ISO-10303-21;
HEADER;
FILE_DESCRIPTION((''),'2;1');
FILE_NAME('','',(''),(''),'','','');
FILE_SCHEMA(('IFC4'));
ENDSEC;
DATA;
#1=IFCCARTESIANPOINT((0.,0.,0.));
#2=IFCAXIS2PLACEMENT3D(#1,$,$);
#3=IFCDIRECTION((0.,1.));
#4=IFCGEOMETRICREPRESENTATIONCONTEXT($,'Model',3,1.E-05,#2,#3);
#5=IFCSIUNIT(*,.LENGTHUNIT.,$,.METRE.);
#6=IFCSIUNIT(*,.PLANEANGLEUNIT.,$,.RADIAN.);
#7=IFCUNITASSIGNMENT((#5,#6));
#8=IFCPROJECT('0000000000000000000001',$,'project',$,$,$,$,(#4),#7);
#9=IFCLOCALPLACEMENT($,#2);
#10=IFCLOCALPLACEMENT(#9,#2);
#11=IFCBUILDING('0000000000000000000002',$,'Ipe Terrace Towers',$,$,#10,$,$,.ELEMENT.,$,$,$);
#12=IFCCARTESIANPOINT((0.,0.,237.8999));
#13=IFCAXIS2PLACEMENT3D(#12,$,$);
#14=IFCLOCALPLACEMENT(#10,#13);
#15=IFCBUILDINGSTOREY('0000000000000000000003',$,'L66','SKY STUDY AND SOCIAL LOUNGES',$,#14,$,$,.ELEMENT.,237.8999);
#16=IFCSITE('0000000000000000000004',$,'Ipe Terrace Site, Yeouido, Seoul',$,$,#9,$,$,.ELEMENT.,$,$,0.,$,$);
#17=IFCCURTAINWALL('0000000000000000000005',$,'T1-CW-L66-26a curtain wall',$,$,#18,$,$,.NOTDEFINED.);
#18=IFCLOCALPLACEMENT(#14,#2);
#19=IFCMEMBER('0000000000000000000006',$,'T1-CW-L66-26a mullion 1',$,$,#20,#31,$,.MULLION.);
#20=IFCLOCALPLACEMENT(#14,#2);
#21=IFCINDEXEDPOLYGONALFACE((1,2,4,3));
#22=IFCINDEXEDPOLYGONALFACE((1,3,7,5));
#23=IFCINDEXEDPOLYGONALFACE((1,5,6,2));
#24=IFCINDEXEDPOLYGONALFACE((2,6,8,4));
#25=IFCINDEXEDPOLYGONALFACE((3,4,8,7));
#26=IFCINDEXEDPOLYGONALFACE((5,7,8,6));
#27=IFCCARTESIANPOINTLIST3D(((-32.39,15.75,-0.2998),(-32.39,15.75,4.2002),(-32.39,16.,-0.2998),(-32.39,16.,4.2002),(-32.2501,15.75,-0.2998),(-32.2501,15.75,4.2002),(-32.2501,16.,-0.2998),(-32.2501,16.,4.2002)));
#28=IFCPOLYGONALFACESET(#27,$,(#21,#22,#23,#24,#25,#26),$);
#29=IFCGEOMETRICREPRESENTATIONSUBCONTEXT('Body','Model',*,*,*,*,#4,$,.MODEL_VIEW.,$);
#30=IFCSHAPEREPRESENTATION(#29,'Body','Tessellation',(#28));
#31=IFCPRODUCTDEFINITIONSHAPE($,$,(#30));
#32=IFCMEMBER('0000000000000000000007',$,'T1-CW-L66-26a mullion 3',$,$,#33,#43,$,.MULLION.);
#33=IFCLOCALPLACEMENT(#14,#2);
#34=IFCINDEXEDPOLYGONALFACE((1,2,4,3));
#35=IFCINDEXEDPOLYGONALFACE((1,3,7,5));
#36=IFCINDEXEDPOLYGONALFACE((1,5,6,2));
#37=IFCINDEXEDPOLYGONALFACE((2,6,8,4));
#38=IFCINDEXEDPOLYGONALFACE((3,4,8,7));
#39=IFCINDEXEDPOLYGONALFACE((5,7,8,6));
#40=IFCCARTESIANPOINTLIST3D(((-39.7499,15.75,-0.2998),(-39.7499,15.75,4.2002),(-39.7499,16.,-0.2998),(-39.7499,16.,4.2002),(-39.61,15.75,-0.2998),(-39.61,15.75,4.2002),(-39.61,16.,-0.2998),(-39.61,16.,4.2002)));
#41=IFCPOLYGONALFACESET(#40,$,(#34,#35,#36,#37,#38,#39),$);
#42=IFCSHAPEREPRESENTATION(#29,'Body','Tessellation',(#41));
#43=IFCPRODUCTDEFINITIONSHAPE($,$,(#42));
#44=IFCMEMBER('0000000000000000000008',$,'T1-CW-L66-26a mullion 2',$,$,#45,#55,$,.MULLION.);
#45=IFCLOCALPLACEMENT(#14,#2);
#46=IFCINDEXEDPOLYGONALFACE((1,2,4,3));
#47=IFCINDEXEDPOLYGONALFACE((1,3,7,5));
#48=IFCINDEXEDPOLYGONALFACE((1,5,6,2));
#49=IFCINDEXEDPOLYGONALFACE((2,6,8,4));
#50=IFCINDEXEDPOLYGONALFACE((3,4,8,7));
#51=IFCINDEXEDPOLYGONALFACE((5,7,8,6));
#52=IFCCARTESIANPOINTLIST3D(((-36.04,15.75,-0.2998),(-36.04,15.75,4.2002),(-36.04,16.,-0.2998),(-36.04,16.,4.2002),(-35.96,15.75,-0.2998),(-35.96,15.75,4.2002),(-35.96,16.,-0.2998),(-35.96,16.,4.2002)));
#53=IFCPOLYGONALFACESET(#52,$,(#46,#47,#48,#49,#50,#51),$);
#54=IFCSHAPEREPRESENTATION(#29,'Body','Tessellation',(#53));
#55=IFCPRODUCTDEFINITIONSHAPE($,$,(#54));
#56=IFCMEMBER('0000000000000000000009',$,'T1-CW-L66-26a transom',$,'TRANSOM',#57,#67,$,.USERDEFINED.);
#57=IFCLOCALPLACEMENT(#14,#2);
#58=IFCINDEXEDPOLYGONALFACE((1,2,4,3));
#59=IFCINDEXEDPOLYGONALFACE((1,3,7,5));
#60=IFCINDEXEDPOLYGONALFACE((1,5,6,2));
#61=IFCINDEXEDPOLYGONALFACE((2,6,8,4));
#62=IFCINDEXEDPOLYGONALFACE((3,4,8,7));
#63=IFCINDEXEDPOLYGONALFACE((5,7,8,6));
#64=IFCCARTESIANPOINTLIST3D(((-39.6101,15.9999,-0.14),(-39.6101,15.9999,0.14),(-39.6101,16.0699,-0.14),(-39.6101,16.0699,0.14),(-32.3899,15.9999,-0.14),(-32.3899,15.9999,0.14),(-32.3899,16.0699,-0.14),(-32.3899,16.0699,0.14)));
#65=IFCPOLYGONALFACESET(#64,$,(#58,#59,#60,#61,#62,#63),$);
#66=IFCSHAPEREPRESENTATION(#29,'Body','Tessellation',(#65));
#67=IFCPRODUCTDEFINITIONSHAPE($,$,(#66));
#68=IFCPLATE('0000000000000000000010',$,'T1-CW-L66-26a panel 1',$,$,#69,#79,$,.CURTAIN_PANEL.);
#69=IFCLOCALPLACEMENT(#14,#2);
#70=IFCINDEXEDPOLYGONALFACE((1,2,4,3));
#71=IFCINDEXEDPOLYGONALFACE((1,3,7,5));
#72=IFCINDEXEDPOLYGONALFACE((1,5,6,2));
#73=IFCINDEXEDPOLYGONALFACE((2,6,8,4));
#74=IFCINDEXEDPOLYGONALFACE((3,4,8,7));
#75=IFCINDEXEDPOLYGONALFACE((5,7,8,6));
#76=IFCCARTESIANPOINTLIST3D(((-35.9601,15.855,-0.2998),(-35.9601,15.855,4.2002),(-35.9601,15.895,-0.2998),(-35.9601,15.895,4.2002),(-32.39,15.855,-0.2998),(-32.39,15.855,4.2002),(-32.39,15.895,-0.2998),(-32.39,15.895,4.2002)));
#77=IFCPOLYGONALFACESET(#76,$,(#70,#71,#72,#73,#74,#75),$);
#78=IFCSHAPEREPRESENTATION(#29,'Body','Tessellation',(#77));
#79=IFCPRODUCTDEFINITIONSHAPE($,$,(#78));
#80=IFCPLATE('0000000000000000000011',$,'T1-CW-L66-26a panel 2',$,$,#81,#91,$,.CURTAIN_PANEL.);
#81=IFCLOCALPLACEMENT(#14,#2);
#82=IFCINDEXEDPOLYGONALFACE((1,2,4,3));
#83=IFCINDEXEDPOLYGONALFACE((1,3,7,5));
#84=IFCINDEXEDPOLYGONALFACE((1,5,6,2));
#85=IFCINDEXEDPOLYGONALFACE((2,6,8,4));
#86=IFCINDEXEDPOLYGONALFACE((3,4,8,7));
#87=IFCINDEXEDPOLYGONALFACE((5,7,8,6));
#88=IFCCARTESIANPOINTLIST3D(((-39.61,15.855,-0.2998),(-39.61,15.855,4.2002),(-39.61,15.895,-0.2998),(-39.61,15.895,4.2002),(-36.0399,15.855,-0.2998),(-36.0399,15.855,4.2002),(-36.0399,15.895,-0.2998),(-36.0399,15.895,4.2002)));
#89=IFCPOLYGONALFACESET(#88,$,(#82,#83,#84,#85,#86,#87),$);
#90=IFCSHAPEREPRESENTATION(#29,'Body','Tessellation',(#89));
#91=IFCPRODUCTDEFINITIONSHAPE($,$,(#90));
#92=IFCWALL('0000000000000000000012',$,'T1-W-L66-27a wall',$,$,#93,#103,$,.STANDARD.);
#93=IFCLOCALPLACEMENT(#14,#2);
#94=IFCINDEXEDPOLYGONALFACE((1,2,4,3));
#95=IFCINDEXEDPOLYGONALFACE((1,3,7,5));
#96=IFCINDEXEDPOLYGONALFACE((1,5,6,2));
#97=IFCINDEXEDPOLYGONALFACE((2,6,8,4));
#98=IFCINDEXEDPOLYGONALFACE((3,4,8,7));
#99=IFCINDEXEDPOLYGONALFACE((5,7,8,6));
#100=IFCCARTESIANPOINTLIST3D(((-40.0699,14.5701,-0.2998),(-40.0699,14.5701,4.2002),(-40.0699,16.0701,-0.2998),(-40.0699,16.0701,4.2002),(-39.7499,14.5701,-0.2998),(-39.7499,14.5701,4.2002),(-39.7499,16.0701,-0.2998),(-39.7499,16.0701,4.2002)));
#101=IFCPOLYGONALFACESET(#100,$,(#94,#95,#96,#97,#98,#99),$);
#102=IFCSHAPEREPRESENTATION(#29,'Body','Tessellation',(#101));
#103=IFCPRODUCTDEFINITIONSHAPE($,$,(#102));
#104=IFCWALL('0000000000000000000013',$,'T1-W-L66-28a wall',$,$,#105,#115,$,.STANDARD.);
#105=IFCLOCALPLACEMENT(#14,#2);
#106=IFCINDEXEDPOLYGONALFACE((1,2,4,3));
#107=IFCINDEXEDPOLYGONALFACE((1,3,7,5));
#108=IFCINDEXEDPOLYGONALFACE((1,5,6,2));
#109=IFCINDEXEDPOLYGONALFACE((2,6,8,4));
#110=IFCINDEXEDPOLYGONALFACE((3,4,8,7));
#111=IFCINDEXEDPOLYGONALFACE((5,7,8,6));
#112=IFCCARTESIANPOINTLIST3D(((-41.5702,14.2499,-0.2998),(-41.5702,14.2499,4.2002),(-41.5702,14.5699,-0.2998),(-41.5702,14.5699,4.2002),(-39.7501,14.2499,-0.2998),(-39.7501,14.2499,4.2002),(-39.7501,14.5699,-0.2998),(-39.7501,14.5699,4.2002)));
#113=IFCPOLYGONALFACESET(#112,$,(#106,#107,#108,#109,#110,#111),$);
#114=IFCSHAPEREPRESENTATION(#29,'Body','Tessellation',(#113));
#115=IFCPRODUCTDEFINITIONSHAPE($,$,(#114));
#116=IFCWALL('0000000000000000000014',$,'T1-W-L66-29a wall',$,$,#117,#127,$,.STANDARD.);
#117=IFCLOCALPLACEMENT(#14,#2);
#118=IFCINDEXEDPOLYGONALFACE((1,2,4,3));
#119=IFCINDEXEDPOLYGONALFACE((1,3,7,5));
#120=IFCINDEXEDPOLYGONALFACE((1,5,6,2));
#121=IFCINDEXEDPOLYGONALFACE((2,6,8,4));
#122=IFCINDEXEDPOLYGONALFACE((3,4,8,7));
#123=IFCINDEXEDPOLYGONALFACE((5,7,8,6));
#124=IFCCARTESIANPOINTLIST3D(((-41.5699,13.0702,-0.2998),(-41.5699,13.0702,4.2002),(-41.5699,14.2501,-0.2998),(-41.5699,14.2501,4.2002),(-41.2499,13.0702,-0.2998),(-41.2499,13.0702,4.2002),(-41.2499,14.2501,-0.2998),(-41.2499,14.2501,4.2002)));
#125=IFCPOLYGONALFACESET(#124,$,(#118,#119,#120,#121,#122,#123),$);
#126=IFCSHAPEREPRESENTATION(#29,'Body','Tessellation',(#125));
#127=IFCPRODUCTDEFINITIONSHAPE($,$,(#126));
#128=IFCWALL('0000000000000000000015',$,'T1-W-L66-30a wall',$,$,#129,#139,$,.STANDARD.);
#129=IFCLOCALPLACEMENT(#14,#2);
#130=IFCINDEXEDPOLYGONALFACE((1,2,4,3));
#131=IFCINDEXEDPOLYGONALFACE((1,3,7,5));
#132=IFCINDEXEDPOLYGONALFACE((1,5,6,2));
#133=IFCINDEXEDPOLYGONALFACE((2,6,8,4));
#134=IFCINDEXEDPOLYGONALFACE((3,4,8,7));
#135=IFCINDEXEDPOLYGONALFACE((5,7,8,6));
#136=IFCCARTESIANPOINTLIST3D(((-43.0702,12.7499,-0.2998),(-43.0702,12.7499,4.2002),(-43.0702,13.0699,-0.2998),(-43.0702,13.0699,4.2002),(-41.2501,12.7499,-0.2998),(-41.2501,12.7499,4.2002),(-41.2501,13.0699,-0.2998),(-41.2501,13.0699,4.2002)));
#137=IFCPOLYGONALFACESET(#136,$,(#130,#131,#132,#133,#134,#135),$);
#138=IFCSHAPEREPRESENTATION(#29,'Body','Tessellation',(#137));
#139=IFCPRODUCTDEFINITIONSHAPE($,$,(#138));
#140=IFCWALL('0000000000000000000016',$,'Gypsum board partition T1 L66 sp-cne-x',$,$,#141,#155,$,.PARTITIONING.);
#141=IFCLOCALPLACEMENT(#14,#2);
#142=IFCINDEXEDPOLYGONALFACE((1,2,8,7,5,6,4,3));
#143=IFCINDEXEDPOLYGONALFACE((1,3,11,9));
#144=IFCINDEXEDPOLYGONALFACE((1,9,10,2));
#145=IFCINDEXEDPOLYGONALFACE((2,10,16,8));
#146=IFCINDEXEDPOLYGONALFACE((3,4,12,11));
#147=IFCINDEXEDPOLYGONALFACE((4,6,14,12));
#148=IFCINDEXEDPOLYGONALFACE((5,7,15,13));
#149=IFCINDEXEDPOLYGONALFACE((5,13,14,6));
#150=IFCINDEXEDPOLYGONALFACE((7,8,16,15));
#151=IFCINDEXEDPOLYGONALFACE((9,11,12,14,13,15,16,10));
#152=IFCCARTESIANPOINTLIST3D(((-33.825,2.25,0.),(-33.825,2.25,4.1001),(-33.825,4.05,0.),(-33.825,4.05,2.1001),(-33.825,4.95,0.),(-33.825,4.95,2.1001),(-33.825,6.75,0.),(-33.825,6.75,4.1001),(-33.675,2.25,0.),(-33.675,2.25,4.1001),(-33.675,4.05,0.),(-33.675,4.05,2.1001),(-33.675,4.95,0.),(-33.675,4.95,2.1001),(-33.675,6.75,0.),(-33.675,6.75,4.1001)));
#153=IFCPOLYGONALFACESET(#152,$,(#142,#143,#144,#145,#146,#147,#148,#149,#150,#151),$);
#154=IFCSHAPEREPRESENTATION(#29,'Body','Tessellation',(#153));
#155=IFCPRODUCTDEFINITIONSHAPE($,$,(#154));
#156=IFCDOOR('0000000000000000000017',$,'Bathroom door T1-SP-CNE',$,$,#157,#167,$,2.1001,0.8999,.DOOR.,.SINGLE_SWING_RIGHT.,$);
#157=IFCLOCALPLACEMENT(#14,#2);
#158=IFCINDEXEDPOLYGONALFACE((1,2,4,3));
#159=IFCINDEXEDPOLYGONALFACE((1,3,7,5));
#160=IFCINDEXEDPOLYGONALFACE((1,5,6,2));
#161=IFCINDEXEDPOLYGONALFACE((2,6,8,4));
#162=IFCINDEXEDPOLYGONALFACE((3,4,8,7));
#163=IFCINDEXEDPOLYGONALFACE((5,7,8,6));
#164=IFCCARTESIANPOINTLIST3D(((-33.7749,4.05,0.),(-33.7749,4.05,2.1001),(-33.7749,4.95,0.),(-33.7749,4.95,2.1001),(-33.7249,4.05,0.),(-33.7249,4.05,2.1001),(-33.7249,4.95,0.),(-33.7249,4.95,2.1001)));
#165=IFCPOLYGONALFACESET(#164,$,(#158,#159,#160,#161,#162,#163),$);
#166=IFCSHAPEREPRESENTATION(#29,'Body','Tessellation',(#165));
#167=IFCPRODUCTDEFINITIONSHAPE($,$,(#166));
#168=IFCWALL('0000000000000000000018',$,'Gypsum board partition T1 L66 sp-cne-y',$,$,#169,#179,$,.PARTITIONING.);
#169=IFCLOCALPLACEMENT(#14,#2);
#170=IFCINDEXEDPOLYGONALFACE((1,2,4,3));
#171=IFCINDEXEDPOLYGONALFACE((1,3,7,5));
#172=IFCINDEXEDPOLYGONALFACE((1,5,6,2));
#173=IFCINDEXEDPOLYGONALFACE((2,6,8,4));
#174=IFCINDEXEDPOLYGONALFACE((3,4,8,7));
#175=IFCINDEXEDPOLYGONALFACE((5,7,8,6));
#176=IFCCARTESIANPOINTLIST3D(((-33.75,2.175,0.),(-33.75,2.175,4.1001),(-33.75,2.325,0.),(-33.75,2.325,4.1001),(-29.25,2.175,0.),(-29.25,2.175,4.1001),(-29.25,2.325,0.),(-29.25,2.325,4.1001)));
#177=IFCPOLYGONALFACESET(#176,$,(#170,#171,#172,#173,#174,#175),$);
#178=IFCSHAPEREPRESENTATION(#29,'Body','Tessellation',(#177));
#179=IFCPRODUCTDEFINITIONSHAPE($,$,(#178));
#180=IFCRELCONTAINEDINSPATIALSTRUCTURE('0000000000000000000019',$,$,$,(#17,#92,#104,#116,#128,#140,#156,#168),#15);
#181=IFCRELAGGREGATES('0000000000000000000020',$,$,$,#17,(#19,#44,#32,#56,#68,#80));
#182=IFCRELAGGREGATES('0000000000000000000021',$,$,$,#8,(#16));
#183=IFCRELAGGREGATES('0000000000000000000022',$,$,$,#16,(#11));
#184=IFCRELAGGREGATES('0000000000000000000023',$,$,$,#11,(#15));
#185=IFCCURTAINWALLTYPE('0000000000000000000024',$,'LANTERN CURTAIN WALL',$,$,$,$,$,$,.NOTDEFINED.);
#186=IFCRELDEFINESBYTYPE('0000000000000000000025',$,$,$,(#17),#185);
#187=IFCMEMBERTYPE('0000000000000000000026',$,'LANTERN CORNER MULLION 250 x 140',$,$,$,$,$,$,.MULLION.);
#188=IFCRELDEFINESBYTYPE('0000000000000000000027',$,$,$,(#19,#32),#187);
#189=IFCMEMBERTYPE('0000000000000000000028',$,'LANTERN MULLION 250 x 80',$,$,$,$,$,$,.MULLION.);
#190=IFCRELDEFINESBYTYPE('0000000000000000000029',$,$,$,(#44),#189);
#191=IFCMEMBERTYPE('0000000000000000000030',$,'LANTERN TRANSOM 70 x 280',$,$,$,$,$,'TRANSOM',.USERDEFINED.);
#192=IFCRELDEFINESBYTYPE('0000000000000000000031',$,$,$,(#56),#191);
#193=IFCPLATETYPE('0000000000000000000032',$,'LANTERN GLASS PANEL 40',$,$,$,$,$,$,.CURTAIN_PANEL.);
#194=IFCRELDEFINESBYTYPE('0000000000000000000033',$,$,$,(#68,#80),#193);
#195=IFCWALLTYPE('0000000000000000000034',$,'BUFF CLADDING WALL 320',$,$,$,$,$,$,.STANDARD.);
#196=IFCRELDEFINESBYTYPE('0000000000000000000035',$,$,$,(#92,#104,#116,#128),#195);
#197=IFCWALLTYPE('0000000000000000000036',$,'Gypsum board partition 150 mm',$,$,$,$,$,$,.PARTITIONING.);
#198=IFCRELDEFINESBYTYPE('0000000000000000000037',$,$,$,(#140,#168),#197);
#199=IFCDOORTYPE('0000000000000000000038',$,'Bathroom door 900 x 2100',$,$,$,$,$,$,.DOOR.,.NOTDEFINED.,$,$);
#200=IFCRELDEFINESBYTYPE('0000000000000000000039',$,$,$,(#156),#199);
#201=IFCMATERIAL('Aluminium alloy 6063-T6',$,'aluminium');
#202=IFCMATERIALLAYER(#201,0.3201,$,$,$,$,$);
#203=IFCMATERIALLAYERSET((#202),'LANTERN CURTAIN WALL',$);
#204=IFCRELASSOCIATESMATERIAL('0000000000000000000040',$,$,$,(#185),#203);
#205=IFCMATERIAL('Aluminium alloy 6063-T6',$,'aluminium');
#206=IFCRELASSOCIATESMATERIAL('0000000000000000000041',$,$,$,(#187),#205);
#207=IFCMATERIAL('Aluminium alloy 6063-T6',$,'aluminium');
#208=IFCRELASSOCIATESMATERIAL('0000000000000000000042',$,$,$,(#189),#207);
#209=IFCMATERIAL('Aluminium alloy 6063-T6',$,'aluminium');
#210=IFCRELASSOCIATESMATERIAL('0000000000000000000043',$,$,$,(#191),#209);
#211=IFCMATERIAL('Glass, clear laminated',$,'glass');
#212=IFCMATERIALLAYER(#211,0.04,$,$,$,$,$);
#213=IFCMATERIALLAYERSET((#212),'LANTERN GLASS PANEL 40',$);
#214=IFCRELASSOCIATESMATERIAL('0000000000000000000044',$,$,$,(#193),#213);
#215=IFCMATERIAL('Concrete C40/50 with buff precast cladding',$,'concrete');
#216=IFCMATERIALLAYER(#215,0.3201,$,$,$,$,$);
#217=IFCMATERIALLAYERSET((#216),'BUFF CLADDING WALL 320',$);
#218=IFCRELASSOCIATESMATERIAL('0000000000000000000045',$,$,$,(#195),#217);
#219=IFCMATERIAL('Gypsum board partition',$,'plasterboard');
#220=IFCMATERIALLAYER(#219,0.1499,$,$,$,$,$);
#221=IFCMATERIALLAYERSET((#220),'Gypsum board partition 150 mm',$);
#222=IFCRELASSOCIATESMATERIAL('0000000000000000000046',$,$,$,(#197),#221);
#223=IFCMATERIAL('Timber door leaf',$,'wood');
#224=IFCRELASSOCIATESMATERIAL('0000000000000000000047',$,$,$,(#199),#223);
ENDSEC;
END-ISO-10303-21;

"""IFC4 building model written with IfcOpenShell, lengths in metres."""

from ifc_helpers import new_model, si_unit, direction, frame, frame_2d, origin, origin_2d, place, context, subcontext, project, spatial, rectangle, extrude, material, layer, layer_set, material_profile, profile_set, type_object, element, fill, aggregate, save


model = new_model("IFC4")

# Units and contexts
model_context = context("Model", 3, precision=1e-05, world=origin(), true_north=direction((0.0, 1.0)))
body_context = subcontext(model_context, "Body", "Model", "MODEL_VIEW")
ifc_project = project(units=[si_unit("LENGTHUNIT", "METRE"), si_unit("PLANEANGLEUNIT", "RADIAN")], contexts=[model_context])

# Site, building, storey
site_placement = place(None, origin())
site = spatial("IfcSite", under=ifc_project, at=site_placement, Name="Ipe Terrace Site, Yeouido, Seoul", CompositionType="ELEMENT", RefElevation=0.0)
building_placement = place(site_placement, origin())
building = spatial("IfcBuilding", under=site, at=building_placement, Name="Ipe Terrace Towers", CompositionType="ELEMENT")
storey_placement = place(building_placement, frame((0.0, 0.0, 237.8999)))
storey = spatial("IfcBuildingStorey", under=building, at=storey_placement, Name="L66", Description="SKY STUDY AND SOCIAL LOUNGES", CompositionType="ELEMENT", Elevation=237.8999)

# Curtain wall, members, plates
ifc_material_1 = material(Name="Aluminium alloy 6063-T6", Category="aluminium")
ifc_layer_1 = layer(ifc_material_1, 0.3201)
ifc_layer_set_1 = layer_set([ifc_layer_1], Name="LANTERN CURTAIN WALL")
curtain_wall_type = type_object("IfcCurtainWallType", Name="LANTERN CURTAIN WALL", PredefinedType="NOTDEFINED", material=ifc_layer_set_1)
curtain_wall_placement = place(storey_placement, origin())
curtain_wall = element("IfcCurtainWall", 1, at=curtain_wall_placement, inside=storey, type_object=curtain_wall_type, Name="T1-CW-L66-26a curtain wall", PredefinedType="NOTDEFINED")
ifc_material_2 = material(Name="Aluminium alloy 6063-T6", Category="aluminium")
ifc_material_profile_1 = material_profile(ifc_material_2, rectangle(XDim=0.25, YDim=0.1399, at=origin_2d()), Name="LANTERN CORNER MULLION 250 x 140")
ifc_profile_set_1 = profile_set([ifc_material_profile_1], Name="Aluminium alloy 6063-T6")
member_type_1 = type_object("IfcMemberType", Name="LANTERN CORNER MULLION 250 x 140", PredefinedType="MULLION", material=ifc_profile_set_1)
member_1_placement = place(storey_placement, frame((-32.3201, 15.875, -0.2998), z_axis=(0.0, 0.0, 1.0), x_axis=(0.0, 1.0, 0.0)))
member_1 = element("IfcMember", 2, at=member_1_placement, type_object=member_type_1, Name="T1-CW-L66-26a mullion 1", PredefinedType="MULLION", context=body_context, shape_type="SweptSolid", body=[
    extrude(rectangle(XDim=0.25, YDim=0.1399, at=origin_2d()), origin(), (0.0, 0.0, 1.0), 4.5),
])
member_2_placement = place(storey_placement, frame((-39.6799, 15.875, -0.2998), z_axis=(0.0, 0.0, 1.0), x_axis=(0.0, 1.0, 0.0)))
member_2 = element("IfcMember", 3, at=member_2_placement, type_object=member_type_1, Name="T1-CW-L66-26a mullion 3", PredefinedType="MULLION", context=body_context, shape_type="SweptSolid", body=[
    extrude(rectangle(XDim=0.25, YDim=0.1399, at=origin_2d()), origin(), (0.0, 0.0, 1.0), 4.5),
])
ifc_material_3 = material(Name="Aluminium alloy 6063-T6", Category="aluminium")
ifc_material_profile_2 = material_profile(ifc_material_3, rectangle(XDim=0.25, YDim=0.0801, at=origin_2d()), Name="LANTERN MULLION 250 x 80")
ifc_profile_set_2 = profile_set([ifc_material_profile_2], Name="Aluminium alloy 6063-T6")
member_type_2 = type_object("IfcMemberType", Name="LANTERN MULLION 250 x 80", PredefinedType="MULLION", material=ifc_profile_set_2)
member_3_placement = place(storey_placement, frame((-36.0, 15.875, -0.2998), z_axis=(0.0, 0.0, 1.0), x_axis=(0.0, 1.0, 0.0)))
member_3 = element("IfcMember", 4, at=member_3_placement, type_object=member_type_2, Name="T1-CW-L66-26a mullion 2", PredefinedType="MULLION", context=body_context, shape_type="SweptSolid", body=[
    extrude(rectangle(XDim=0.25, YDim=0.0801, at=origin_2d()), origin(), (0.0, 0.0, 1.0), 4.5),
])
ifc_material_4 = material(Name="Aluminium alloy 6063-T6", Category="aluminium")
ifc_material_profile_3 = material_profile(ifc_material_4, rectangle(XDim=0.0701, YDim=0.28, at=origin_2d()), Name="LANTERN TRANSOM 70 x 280")
ifc_profile_set_3 = profile_set([ifc_material_profile_3], Name="Aluminium alloy 6063-T6")
member_type_3 = type_object("IfcMemberType", Name="LANTERN TRANSOM 70 x 280", ElementType="TRANSOM", PredefinedType="USERDEFINED", material=ifc_profile_set_3)
member_4_placement = place(storey_placement, frame((-32.3899, 16.0349, 0.0), z_axis=(-1.0, 0.0, 0.0), x_axis=(0.0, 1.0, 0.0)))
member_4 = element("IfcMember", 5, at=member_4_placement, type_object=member_type_3, Name="T1-CW-L66-26a transom", ObjectType="TRANSOM", PredefinedType="USERDEFINED", context=body_context, shape_type="SweptSolid", body=[
    extrude(rectangle(XDim=0.0701, YDim=0.28, at=origin_2d()), origin(), (0.0, 0.0, 1.0), 7.2202),
])
ifc_material_5 = material(Name="Glass, clear laminated", Category="glass")
ifc_layer_2 = layer(ifc_material_5, 0.04)
ifc_layer_set_2 = layer_set([ifc_layer_2], Name="LANTERN GLASS PANEL 40")
plate_type = type_object("IfcPlateType", Name="LANTERN GLASS PANEL 40", PredefinedType="CURTAIN_PANEL", material=ifc_layer_set_2)
plate_1_placement = place(storey_placement, frame((-34.175, 15.875, -0.2998), z_axis=(0.0, 0.0, 1.0), x_axis=(-1.0, 0.0, 0.0)))
plate_1 = element("IfcPlate", 6, at=plate_1_placement, type_object=plate_type, Name="T1-CW-L66-26a panel 1", PredefinedType="CURTAIN_PANEL", context=body_context, shape_type="SweptSolid", body=[
    extrude(rectangle(XDim=3.5701, YDim=0.04, at=origin_2d()), origin(), (0.0, 0.0, 1.0), 4.5),
])
plate_2_placement = place(storey_placement, frame((-37.825, 15.875, -0.2998), z_axis=(0.0, 0.0, 1.0), x_axis=(-1.0, 0.0, 0.0)))
plate_2 = element("IfcPlate", 7, at=plate_2_placement, type_object=plate_type, Name="T1-CW-L66-26a panel 2", PredefinedType="CURTAIN_PANEL", context=body_context, shape_type="SweptSolid", body=[
    extrude(rectangle(XDim=3.5701, YDim=0.04, at=origin_2d()), origin(), (0.0, 0.0, 1.0), 4.5),
])
aggregate(curtain_wall, [member_1, member_3, member_2, member_4, plate_1, plate_2])

# Walls
ifc_material_6 = material(Name="Concrete C40/50 with buff precast cladding", Category="concrete")
ifc_layer_3 = layer(ifc_material_6, 0.3201)
ifc_layer_set_3 = layer_set([ifc_layer_3], Name="BUFF CLADDING WALL 320")
wall_type_1 = type_object("IfcWallType", Name="BUFF CLADDING WALL 320", PredefinedType="STANDARD", material=ifc_layer_set_3)
wall_1_placement = place(storey_placement, frame((-39.9099, 16.0701, -0.2998), z_axis=(0.0, 0.0, 1.0), x_axis=(0.0, -1.0, 0.0)))
element("IfcWall", 8, at=wall_1_placement, inside=storey, type_object=wall_type_1, Name="T1-W-L66-27a wall", PredefinedType="STANDARD", context=body_context, shape_type="SweptSolid", body=[
    extrude(rectangle(XDim=1.5, YDim=0.3201, at=frame_2d((0.75, 0.0))), origin(), (0.0, 0.0, 1.0), 4.5),
])
wall_2_placement = place(storey_placement, frame((-39.75, 14.4099, -0.2998), z_axis=(0.0, 0.0, 1.0), x_axis=(-1.0, 0.0, 0.0)))
element("IfcWall", 9, at=wall_2_placement, inside=storey, type_object=wall_type_1, Name="T1-W-L66-28a wall", PredefinedType="STANDARD", context=body_context, shape_type="SweptSolid", body=[
    extrude(rectangle(XDim=1.8201, YDim=0.3201, at=frame_2d((0.9102, 0.0))), origin(), (0.0, 0.0, 1.0), 4.5),
])
wall_3_placement = place(storey_placement, frame((-41.4099, 14.25, -0.2998), z_axis=(0.0, 0.0, 1.0), x_axis=(0.0, -1.0, 0.0)))
element("IfcWall", 10, at=wall_3_placement, inside=storey, type_object=wall_type_1, Name="T1-W-L66-29a wall", PredefinedType="STANDARD", context=body_context, shape_type="SweptSolid", body=[
    extrude(rectangle(XDim=1.1799, YDim=0.3201, at=frame_2d((0.5898, 0.0))), origin(), (0.0, 0.0, 1.0), 4.5),
])
wall_4_placement = place(storey_placement, frame((-41.25, 12.9099, -0.2998), z_axis=(0.0, 0.0, 1.0), x_axis=(-1.0, 0.0, 0.0)))
element("IfcWall", 11, at=wall_4_placement, inside=storey, type_object=wall_type_1, Name="T1-W-L66-30a wall", PredefinedType="STANDARD", context=body_context, shape_type="SweptSolid", body=[
    extrude(rectangle(XDim=1.8201, YDim=0.3201, at=frame_2d((0.9102, 0.0))), origin(), (0.0, 0.0, 1.0), 4.5),
])

# Wall, opening, door
ifc_material_7 = material(Name="Gypsum board partition", Category="plasterboard")
ifc_layer_4 = layer(ifc_material_7, 0.1499)
ifc_layer_set_4 = layer_set([ifc_layer_4], Name="Gypsum board partition 150 mm")
wall_type_2 = type_object("IfcWallType", Name="Gypsum board partition 150 mm", PredefinedType="PARTITIONING", material=ifc_layer_set_4)
wall_5_placement = place(storey_placement, frame((-33.75, 2.25, 0.0), z_axis=(0.0, 0.0, 1.0), x_axis=(0.0, 1.0, 0.0)))
wall_5 = element("IfcWall", 12, at=wall_5_placement, inside=storey, type_object=wall_type_2, Name="Gypsum board partition T1 L66 sp-cne-x", PredefinedType="PARTITIONING", context=body_context, shape_type="SweptSolid", body=[
    extrude(rectangle(XDim=4.5, YDim=0.1499, at=frame_2d((2.25, 0.0))), origin(), (0.0, 0.0, 1.0), 4.1001),
])
opening_1_placement = place(wall_5_placement, frame((1.8, 0.0, 0.0)))
opening_1 = element("IfcOpeningElement", 13, at=opening_1_placement, cuts=wall_5, PredefinedType="OPENING", context=body_context, shape_type="SweptSolid", body=[
    extrude(rectangle(XDim=0.8999, YDim=2.1001, at=frame_2d((0.45, 1.05))), frame((0.0, 0.085, 0.0), z_axis=(0.0, -1.0, 0.0), x_axis=(1.0, 0.0, 0.0)), (0.0, 0.0, 1.0), 0.1699),
])
ifc_material_8 = material(Name="Timber door leaf", Category="wood")
door_type_1 = type_object("IfcDoorType", Name="Bathroom door 900 x 2100", OperationType="NOTDEFINED", PredefinedType="DOOR", material=ifc_material_8)
door_1_placement = place(opening_1_placement, origin())
door_1 = element("IfcDoor", 14, at=door_1_placement, inside=storey, type_object=door_type_1, Name="Bathroom door T1-SP-CNE", OperationType="SINGLE_SWING_RIGHT", OverallHeight=2.1001, OverallWidth=0.8999, PredefinedType="DOOR", context=body_context, shape_type="SweptSolid", body=[
    extrude(rectangle(XDim=0.8999, YDim=2.1001, at=frame_2d((0.45, 1.05))), frame((0.0, 0.0249, 0.0), z_axis=(0.0, -1.0, 0.0), x_axis=(1.0, 0.0, 0.0)), (0.0, 0.0, 1.0), 0.05),
])
fill(opening_1, door_1)

# Wall
wall_6_placement = place(storey_placement, frame((-33.75, 2.25, 0.0), z_axis=(0.0, 0.0, 1.0), x_axis=(1.0, 0.0, 0.0)))
element("IfcWall", 15, at=wall_6_placement, inside=storey, type_object=wall_type_2, Name="Gypsum board partition T1 L66 sp-cne-y", PredefinedType="PARTITIONING", context=body_context, shape_type="SweptSolid", body=[
    extrude(rectangle(XDim=4.5, YDim=0.1499, at=frame_2d((2.25, 0.0))), origin(), (0.0, 0.0, 1.0), 4.1001),
])

save(model, "model.ifc")
